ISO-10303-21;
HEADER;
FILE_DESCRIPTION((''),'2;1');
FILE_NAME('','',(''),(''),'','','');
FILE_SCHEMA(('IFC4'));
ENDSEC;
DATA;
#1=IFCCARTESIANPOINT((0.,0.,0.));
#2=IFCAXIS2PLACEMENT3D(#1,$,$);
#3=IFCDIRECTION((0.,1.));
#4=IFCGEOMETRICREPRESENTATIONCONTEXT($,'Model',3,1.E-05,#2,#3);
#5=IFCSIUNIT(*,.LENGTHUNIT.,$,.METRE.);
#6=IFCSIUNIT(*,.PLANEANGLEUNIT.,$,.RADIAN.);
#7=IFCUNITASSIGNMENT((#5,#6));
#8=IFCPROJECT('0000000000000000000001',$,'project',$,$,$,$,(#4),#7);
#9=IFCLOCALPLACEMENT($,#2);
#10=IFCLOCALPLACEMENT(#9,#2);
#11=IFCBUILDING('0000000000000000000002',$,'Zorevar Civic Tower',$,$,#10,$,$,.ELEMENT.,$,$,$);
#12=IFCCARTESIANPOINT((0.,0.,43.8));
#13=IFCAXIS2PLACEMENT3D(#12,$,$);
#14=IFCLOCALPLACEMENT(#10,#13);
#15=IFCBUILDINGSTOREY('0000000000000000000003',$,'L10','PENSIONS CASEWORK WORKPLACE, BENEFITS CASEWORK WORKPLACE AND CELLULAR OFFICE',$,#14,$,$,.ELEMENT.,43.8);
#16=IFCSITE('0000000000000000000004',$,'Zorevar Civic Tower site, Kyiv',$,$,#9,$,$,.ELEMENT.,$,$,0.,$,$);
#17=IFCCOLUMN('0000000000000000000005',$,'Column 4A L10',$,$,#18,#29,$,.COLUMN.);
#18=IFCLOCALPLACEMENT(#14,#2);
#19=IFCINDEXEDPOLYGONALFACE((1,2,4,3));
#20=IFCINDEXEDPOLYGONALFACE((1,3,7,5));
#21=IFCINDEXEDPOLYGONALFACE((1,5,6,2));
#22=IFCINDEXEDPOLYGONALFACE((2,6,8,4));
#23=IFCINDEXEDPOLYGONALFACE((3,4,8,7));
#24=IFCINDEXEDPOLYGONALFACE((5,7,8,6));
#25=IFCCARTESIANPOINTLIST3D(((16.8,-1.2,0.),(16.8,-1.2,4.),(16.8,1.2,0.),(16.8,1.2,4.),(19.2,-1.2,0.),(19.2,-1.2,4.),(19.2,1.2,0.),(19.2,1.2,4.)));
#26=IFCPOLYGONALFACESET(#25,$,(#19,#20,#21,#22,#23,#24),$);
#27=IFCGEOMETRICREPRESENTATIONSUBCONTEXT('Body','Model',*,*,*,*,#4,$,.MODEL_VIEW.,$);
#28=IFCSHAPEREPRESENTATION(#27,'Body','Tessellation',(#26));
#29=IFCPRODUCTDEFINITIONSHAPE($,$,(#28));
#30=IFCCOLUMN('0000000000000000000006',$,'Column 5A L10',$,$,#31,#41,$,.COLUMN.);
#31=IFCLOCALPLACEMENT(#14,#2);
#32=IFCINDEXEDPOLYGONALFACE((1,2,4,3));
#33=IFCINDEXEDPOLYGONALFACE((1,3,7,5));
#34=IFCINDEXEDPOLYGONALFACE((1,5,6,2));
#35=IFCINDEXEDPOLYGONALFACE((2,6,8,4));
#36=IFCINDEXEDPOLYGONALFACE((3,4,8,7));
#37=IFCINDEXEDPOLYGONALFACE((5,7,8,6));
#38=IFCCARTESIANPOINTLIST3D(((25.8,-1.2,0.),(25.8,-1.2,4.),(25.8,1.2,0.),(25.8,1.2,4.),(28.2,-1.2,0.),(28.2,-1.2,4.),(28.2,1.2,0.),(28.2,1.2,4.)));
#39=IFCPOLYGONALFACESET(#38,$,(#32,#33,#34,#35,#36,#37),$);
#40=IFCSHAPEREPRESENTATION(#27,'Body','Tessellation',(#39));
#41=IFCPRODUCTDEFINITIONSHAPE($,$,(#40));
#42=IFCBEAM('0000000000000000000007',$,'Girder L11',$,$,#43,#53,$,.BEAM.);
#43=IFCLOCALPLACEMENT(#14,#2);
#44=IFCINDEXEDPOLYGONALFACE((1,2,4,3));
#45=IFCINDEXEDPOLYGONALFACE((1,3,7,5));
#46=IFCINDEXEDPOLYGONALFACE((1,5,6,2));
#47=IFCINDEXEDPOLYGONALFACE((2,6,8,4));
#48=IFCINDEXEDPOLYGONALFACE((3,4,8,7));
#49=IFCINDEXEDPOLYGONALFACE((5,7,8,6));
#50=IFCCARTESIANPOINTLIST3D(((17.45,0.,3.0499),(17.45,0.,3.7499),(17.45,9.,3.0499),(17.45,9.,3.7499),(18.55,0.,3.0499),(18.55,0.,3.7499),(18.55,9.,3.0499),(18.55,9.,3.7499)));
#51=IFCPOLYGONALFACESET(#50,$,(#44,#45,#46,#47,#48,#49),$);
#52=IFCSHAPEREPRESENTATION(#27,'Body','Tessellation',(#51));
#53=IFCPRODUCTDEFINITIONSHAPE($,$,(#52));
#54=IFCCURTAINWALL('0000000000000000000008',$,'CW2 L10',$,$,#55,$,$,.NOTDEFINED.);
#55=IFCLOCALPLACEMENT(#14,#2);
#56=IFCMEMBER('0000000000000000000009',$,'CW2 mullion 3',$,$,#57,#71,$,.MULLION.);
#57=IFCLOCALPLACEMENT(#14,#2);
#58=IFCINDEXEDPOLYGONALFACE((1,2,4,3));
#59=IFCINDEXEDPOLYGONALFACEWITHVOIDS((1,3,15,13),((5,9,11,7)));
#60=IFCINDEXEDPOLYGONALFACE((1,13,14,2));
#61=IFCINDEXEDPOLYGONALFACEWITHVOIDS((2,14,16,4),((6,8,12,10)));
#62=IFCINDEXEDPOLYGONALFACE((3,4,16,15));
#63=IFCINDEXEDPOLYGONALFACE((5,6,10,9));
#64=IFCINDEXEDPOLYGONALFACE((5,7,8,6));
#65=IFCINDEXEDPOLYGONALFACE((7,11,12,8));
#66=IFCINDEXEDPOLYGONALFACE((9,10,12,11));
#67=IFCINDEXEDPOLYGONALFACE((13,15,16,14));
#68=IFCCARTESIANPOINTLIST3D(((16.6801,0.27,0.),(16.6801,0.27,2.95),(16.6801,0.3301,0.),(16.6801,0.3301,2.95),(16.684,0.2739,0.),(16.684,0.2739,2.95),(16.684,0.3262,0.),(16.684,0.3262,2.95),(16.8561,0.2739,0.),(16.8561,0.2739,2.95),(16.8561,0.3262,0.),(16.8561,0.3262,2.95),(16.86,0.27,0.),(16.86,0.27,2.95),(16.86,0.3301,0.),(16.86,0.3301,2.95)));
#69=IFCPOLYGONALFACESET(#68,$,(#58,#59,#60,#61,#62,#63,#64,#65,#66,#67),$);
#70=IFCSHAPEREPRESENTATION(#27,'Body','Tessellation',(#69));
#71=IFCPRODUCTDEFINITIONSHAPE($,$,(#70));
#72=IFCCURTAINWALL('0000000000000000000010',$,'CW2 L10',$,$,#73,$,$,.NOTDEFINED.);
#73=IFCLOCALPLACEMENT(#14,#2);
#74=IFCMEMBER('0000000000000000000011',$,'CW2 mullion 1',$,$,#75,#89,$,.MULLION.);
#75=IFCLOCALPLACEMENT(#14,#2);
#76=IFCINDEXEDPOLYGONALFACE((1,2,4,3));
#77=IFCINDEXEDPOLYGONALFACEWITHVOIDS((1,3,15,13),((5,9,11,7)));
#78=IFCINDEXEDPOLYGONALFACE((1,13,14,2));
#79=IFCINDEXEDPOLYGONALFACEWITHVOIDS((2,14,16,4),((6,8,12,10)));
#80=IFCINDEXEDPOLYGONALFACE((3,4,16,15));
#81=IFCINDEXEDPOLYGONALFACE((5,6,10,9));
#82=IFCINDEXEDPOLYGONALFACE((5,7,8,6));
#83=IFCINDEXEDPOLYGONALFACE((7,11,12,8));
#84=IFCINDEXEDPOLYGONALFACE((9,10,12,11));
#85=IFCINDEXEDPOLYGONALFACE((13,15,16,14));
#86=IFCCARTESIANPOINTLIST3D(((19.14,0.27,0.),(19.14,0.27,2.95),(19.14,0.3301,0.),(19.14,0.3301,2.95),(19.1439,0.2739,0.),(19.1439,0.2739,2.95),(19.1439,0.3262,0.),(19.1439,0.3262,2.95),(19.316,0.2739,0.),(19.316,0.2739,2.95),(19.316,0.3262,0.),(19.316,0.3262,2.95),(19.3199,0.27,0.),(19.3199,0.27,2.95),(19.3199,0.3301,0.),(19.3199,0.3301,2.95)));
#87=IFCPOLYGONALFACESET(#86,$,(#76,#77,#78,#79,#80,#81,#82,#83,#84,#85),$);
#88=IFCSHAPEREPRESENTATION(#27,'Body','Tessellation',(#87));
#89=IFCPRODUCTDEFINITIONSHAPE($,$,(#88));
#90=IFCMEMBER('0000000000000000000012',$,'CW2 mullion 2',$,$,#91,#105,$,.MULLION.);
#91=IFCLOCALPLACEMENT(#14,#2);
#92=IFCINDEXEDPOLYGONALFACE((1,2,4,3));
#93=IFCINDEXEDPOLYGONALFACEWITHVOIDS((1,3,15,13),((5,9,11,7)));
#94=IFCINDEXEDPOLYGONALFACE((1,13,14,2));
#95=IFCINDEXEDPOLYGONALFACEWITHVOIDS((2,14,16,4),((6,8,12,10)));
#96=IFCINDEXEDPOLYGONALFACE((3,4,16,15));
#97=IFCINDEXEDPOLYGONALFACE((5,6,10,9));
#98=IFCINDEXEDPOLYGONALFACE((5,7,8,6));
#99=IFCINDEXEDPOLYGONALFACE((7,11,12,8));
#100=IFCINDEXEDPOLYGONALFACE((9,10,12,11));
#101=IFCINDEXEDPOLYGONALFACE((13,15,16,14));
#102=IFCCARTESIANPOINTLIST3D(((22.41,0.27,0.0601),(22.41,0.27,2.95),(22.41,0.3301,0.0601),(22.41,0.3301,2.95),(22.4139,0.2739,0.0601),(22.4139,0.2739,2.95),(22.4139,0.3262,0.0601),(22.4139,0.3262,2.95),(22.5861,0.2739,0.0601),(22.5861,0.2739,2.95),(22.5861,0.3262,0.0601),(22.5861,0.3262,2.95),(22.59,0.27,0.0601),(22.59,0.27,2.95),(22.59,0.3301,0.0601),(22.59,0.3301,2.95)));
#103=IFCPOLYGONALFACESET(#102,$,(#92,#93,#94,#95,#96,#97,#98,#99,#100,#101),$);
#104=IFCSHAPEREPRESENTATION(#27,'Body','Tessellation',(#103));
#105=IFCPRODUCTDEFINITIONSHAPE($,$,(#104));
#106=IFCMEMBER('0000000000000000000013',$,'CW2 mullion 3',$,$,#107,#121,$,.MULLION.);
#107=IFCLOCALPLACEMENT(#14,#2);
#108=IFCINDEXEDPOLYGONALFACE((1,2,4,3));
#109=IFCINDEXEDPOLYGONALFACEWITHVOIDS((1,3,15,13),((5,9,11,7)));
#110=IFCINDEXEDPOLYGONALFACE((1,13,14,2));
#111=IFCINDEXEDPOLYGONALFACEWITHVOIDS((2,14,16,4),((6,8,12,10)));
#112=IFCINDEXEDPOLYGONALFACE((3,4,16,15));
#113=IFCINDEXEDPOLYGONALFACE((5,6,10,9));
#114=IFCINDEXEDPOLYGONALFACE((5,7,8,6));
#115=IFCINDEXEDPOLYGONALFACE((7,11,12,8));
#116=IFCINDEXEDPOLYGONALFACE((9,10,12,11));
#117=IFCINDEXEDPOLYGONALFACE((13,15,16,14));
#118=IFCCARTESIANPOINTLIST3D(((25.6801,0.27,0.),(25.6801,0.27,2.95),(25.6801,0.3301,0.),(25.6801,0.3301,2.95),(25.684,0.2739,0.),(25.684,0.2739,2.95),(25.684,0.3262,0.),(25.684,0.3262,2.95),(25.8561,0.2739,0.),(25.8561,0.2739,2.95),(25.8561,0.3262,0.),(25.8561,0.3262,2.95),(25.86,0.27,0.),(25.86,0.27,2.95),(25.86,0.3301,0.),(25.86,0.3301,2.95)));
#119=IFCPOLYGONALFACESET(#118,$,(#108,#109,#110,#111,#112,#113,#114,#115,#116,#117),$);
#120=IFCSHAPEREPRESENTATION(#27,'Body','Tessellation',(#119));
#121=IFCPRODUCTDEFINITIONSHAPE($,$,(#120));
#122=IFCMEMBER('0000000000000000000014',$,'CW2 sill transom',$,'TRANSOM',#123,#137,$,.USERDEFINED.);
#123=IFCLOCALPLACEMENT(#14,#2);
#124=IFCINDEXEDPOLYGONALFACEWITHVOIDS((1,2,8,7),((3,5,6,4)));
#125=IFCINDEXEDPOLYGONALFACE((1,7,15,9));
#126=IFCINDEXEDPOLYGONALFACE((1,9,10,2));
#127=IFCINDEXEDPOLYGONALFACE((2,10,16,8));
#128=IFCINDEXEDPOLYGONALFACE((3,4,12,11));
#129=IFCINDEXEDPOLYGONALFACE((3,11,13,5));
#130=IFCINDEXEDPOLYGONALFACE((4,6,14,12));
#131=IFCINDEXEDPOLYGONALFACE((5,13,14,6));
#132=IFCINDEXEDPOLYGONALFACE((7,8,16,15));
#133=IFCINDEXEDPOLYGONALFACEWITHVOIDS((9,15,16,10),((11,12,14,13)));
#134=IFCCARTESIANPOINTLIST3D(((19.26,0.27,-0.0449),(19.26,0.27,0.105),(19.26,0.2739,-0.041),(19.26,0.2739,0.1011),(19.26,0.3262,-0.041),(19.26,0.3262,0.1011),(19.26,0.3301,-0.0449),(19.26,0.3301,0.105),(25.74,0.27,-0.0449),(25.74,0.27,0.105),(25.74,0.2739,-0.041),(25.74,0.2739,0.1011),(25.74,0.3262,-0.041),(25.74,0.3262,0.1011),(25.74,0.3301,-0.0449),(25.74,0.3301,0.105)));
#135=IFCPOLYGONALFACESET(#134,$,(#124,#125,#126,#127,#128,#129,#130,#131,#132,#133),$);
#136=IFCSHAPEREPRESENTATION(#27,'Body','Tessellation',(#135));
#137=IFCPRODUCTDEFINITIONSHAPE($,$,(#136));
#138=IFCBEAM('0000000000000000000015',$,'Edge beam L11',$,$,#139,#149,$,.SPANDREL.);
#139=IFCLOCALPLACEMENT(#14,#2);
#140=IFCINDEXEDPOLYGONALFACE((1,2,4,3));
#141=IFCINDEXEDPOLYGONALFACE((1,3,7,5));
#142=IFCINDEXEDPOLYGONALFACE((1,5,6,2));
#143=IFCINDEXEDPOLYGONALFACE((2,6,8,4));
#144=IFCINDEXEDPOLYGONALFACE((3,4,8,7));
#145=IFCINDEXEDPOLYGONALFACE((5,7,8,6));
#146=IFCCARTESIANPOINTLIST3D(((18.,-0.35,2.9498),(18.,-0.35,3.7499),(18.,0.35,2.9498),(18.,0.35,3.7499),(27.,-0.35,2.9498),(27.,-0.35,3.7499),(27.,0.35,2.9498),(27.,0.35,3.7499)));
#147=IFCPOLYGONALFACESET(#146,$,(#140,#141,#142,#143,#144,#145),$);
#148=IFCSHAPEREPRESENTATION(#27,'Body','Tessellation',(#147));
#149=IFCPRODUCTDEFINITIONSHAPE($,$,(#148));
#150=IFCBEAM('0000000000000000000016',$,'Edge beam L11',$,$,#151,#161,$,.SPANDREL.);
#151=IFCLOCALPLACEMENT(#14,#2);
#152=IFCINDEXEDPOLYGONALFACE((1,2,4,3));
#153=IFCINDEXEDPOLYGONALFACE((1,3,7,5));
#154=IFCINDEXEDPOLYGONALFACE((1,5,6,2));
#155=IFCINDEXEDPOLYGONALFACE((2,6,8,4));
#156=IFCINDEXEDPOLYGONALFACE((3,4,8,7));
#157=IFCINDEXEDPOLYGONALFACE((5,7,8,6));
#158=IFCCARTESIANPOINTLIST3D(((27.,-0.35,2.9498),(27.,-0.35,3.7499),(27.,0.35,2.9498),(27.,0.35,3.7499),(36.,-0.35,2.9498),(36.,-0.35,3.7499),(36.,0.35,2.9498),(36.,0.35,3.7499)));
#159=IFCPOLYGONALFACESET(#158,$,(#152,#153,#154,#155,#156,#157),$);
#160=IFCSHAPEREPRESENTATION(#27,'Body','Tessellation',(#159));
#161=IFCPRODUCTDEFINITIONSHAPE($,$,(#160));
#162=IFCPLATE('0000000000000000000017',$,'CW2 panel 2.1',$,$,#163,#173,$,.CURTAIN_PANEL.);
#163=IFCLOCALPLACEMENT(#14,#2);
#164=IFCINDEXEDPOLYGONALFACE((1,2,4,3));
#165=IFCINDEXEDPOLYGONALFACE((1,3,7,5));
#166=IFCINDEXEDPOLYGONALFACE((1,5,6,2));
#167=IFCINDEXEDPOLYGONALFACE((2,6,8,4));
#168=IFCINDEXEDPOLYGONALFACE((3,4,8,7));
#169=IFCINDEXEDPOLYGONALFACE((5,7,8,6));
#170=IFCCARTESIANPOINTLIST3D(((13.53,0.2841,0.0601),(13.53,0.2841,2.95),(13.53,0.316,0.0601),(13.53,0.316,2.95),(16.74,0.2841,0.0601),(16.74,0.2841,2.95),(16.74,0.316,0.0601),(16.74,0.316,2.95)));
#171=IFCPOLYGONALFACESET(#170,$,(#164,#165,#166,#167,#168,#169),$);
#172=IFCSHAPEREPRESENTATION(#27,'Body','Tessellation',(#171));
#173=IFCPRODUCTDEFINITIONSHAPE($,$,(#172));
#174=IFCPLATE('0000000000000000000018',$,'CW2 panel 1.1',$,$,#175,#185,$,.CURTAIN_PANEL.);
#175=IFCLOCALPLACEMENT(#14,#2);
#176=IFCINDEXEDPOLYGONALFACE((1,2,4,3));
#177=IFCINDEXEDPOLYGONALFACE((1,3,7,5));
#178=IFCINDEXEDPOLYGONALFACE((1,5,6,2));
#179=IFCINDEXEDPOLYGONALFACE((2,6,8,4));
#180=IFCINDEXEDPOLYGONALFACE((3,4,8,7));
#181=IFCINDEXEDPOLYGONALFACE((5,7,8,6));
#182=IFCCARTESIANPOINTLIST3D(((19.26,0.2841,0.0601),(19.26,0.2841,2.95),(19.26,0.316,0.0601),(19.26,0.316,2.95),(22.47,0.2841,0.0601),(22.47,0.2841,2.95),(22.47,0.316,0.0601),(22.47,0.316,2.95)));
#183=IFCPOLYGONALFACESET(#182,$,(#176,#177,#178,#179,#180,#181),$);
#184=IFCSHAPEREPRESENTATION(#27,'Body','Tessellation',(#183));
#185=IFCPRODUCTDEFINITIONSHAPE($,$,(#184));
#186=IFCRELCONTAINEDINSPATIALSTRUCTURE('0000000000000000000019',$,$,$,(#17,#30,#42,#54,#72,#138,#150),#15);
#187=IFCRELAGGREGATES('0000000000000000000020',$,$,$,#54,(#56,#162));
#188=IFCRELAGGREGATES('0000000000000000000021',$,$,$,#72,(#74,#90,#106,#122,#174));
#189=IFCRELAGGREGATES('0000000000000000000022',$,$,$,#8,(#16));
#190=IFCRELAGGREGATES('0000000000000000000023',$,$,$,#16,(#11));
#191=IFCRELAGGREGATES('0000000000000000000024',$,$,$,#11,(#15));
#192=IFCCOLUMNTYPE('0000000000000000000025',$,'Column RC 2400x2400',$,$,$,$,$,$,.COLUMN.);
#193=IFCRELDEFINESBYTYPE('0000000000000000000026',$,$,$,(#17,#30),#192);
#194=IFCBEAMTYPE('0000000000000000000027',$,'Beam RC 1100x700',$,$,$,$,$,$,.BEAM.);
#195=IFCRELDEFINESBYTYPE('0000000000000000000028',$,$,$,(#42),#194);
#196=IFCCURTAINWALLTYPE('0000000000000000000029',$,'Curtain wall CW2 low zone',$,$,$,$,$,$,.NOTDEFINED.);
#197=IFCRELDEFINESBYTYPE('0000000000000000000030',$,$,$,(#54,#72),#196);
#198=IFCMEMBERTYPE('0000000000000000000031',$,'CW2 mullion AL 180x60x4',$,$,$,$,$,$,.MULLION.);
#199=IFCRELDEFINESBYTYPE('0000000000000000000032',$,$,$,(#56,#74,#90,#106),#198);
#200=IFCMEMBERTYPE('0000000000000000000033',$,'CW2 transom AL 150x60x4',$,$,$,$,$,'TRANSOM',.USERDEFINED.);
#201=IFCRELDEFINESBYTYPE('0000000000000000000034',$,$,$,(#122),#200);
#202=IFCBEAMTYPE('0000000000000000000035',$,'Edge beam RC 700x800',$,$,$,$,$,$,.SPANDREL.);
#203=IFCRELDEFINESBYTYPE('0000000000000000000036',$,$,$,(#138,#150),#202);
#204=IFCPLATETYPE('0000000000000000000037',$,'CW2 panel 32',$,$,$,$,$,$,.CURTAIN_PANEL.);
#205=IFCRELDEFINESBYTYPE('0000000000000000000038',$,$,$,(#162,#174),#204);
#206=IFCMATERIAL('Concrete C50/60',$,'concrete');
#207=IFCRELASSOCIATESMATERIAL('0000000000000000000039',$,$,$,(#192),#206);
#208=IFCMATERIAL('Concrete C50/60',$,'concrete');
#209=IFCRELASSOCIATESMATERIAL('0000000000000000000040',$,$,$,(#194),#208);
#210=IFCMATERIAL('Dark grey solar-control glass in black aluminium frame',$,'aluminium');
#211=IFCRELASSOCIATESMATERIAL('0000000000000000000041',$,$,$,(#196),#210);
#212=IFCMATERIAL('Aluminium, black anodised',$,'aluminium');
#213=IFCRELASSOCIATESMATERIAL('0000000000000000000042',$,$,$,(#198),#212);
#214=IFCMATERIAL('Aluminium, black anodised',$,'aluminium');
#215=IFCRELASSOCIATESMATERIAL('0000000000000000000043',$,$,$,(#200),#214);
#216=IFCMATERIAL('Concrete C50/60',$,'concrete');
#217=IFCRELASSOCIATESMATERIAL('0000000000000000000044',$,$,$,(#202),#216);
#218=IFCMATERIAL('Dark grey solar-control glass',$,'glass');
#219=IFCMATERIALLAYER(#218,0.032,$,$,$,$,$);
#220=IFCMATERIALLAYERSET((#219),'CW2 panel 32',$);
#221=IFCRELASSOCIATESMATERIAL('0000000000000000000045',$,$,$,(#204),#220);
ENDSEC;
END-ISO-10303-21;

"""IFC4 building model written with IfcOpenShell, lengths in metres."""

from ifc_helpers import new_model, si_unit, direction, frame, origin, origin_2d, place, context, subcontext, project, spatial, rectangle, hollow_rectangle, extrude, material, layer, layer_set, material_profile, profile_set, type_object, element, aggregate, save


model = new_model("IFC4")

# Units and contexts
model_context = context("Model", 3, precision=1e-05, world=origin(), true_north=direction((0.0, 1.0)))
body_context = subcontext(model_context, "Body", "Model", "MODEL_VIEW")
ifc_project = project(units=[si_unit("LENGTHUNIT", "METRE"), si_unit("PLANEANGLEUNIT", "RADIAN")], contexts=[model_context])

# Site, building, storey
site_placement = place(None, origin())
site = spatial("IfcSite", under=ifc_project, at=site_placement, Name="Zorevar Civic Tower site, Kyiv", CompositionType="ELEMENT", RefElevation=0.0)
building_placement = place(site_placement, origin())
building = spatial("IfcBuilding", under=site, at=building_placement, Name="Zorevar Civic Tower", CompositionType="ELEMENT")
storey_placement = place(building_placement, frame((0.0, 0.0, 43.8)))
storey = spatial("IfcBuildingStorey", under=building, at=storey_placement, Name="L10", Description="PENSIONS CASEWORK WORKPLACE, BENEFITS CASEWORK WORKPLACE AND CELLULAR OFFICE", CompositionType="ELEMENT", Elevation=43.8)

# Columns
ifc_material_1 = material(Name="Concrete C50/60", Category="concrete")
ifc_material_profile_1 = material_profile(ifc_material_1, rectangle(XDim=2.3999, YDim=2.3999, at=origin_2d()), Name="RC 2400x2400")
ifc_profile_set_1 = profile_set([ifc_material_profile_1], Name="Concrete C50/60")
column_type = type_object("IfcColumnType", Name="Column RC 2400x2400", PredefinedType="COLUMN", material=ifc_profile_set_1)
for number, where, z_axis, x_axis, name in (
    (1, (18.0, 0.0, 0.0), (0.0, 0.0, 1.0), (1.0, 0.0, 0.0), "Column 4A L10"),
    (2, (27.0, 0.0, 0.0), (0.0, 0.0, 1.0), (1.0, 0.0, 0.0), "Column 5A L10"),
):
    element("IfcColumn", number, at=place(storey_placement, frame(where, z_axis=z_axis, x_axis=x_axis)), inside=storey, type_object=column_type, Name=name, PredefinedType="COLUMN", context=body_context, shape_type="SweptSolid", body=[
        extrude(rectangle(XDim=2.3999, YDim=2.3999, at=origin_2d()), origin(), (0.0, 0.0, 1.0), 4.0),
    ])

# Beam
ifc_material_2 = material(Name="Concrete C50/60", Category="concrete")
ifc_material_profile_2 = material_profile(ifc_material_2, rectangle(XDim=1.1001, YDim=0.7, at=origin_2d()), Name="RC 1100x700")
ifc_profile_set_2 = profile_set([ifc_material_profile_2], Name="Concrete C50/60")
beam_type_1 = type_object("IfcBeamType", Name="Beam RC 1100x700", PredefinedType="BEAM", material=ifc_profile_set_2)
beam_placement = place(storey_placement, frame((18.0, 0.0, 3.3999), z_axis=(0.0, 1.0, 0.0), x_axis=(-1.0, 0.0, 0.0)))
element("IfcBeam", 3, at=beam_placement, inside=storey, type_object=beam_type_1, Name="Girder L11", PredefinedType="BEAM", context=body_context, shape_type="SweptSolid", body=[
    extrude(rectangle(XDim=1.1001, YDim=0.7, at=origin_2d()), origin(), (0.0, 0.0, 1.0), 9.0),
])

# Curtain wall, member
ifc_material_3 = material(Name="Dark grey solar-control glass in black aluminium frame", Category="aluminium")
curtain_wall_type = type_object("IfcCurtainWallType", Name="Curtain wall CW2 low zone", PredefinedType="NOTDEFINED", material=ifc_material_3)
curtain_wall_1_placement = place(storey_placement, origin())
curtain_wall_1 = element("IfcCurtainWall", 4, at=curtain_wall_1_placement, inside=storey, type_object=curtain_wall_type, Name="CW2 L10", PredefinedType="NOTDEFINED")
ifc_material_4 = material(Name="Aluminium, black anodised", Category="aluminium")
ifc_material_profile_3 = material_profile(ifc_material_4, hollow_rectangle(XDim=0.0601, YDim=0.1799, WallThickness=0.0039, at=origin_2d()), Name="AL 180x60x4")
ifc_profile_set_3 = profile_set([ifc_material_profile_3], Name="Aluminium, black anodised")
member_type_1 = type_object("IfcMemberType", Name="CW2 mullion AL 180x60x4", PredefinedType="MULLION", material=ifc_profile_set_3)
member_1_placement = place(storey_placement, frame((16.77, 0.3, 0.0), z_axis=(0.0, 0.0, 1.0), x_axis=(0.0, 1.0, 0.0)))
member_1 = element("IfcMember", 5, at=member_1_placement, type_object=member_type_1, Name="CW2 mullion 3", PredefinedType="MULLION", context=body_context, shape_type="SweptSolid", body=[
    extrude(hollow_rectangle(XDim=0.0601, YDim=0.1799, WallThickness=0.0039, at=origin_2d()), origin(), (0.0, 0.0, 1.0), 2.95),
])

# Curtain wall, members
curtain_wall_2_placement = place(storey_placement, origin())
curtain_wall_2 = element("IfcCurtainWall", 6, at=curtain_wall_2_placement, inside=storey, type_object=curtain_wall_type, Name="CW2 L10", PredefinedType="NOTDEFINED")
member_2_placement = place(storey_placement, frame((19.23, 0.3, 0.0), z_axis=(0.0, 0.0, 1.0), x_axis=(0.0, 1.0, 0.0)))
member_2 = element("IfcMember", 7, at=member_2_placement, type_object=member_type_1, Name="CW2 mullion 1", PredefinedType="MULLION", context=body_context, shape_type="SweptSolid", body=[
    extrude(hollow_rectangle(XDim=0.0601, YDim=0.1799, WallThickness=0.0039, at=origin_2d()), origin(), (0.0, 0.0, 1.0), 2.95),
])
member_3_placement = place(storey_placement, frame((22.5, 0.3, 0.0601), z_axis=(0.0, 0.0, 1.0), x_axis=(0.0, 1.0, 0.0)))
member_3 = element("IfcMember", 8, at=member_3_placement, type_object=member_type_1, Name="CW2 mullion 2", PredefinedType="MULLION", context=body_context, shape_type="SweptSolid", body=[
    extrude(hollow_rectangle(XDim=0.0601, YDim=0.1799, WallThickness=0.0039, at=origin_2d()), origin(), (0.0, 0.0, 1.0), 2.8899),
])
member_4_placement = place(storey_placement, frame((25.77, 0.3, 0.0), z_axis=(0.0, 0.0, 1.0), x_axis=(0.0, 1.0, 0.0)))
member_4 = element("IfcMember", 9, at=member_4_placement, type_object=member_type_1, Name="CW2 mullion 3", PredefinedType="MULLION", context=body_context, shape_type="SweptSolid", body=[
    extrude(hollow_rectangle(XDim=0.0601, YDim=0.1799, WallThickness=0.0039, at=origin_2d()), origin(), (0.0, 0.0, 1.0), 2.95),
])
ifc_material_5 = material(Name="Aluminium, black anodised", Category="aluminium")
ifc_material_profile_4 = material_profile(ifc_material_5, hollow_rectangle(XDim=0.0601, YDim=0.1499, WallThickness=0.0039, at=origin_2d()), Name="AL 150x60x4")
ifc_profile_set_4 = profile_set([ifc_material_profile_4], Name="Aluminium, black anodised")
member_type_2 = type_object("IfcMemberType", Name="CW2 transom AL 150x60x4", ElementType="TRANSOM", PredefinedType="USERDEFINED", material=ifc_profile_set_4)
member_5_placement = place(storey_placement, frame((19.26, 0.3, 0.03), z_axis=(1.0, 0.0, 0.0), x_axis=(0.0, 1.0, 0.0)))
member_5 = element("IfcMember", 10, at=member_5_placement, type_object=member_type_2, Name="CW2 sill transom", ObjectType="TRANSOM", PredefinedType="USERDEFINED", context=body_context, shape_type="SweptSolid", body=[
    extrude(hollow_rectangle(XDim=0.0601, YDim=0.1499, WallThickness=0.0039, at=origin_2d()), origin(), (0.0, 0.0, 1.0), 6.48),
])

# Beams
ifc_material_6 = material(Name="Concrete C50/60", Category="concrete")
ifc_material_profile_5 = material_profile(ifc_material_6, rectangle(XDim=0.7, YDim=0.8, at=origin_2d()), Name="RC 700x800")
ifc_profile_set_5 = profile_set([ifc_material_profile_5], Name="Concrete C50/60")
beam_type_2 = type_object("IfcBeamType", Name="Edge beam RC 700x800", PredefinedType="SPANDREL", material=ifc_profile_set_5)
for number, where, z_axis, x_axis, name in (
    (11, (18.0, 0.0, 3.3499), (1.0, 0.0, 0.0), (0.0, 1.0, 0.0), "Edge beam L11"),
    (12, (27.0, 0.0, 3.3499), (1.0, 0.0, 0.0), (0.0, 1.0, 0.0), "Edge beam L11"),
):
    element("IfcBeam", number, at=place(storey_placement, frame(where, z_axis=z_axis, x_axis=x_axis)), inside=storey, type_object=beam_type_2, Name=name, PredefinedType="SPANDREL", context=body_context, shape_type="SweptSolid", body=[
        extrude(rectangle(XDim=0.7, YDim=0.8, at=origin_2d()), origin(), (0.0, 0.0, 1.0), 9.0),
    ])

# Plates
ifc_material_7 = material(Name="Dark grey solar-control glass", Category="glass")
ifc_layer_1 = layer(ifc_material_7, 0.032)
ifc_layer_set_1 = layer_set([ifc_layer_1], Name="CW2 panel 32")
plate_type = type_object("IfcPlateType", Name="CW2 panel 32", PredefinedType="CURTAIN_PANEL", material=ifc_layer_set_1)
plate_1_placement = place(storey_placement, frame((15.135, 0.3, 0.0601), z_axis=(0.0, 0.0, 1.0), x_axis=(1.0, 0.0, 0.0)))
plate_1 = element("IfcPlate", 13, at=plate_1_placement, type_object=plate_type, Name="CW2 panel 2.1", PredefinedType="CURTAIN_PANEL", context=body_context, shape_type="SweptSolid", body=[
    extrude(rectangle(XDim=3.21, YDim=0.032, at=origin_2d()), origin(), (0.0, 0.0, 1.0), 2.8899),
])
aggregate(curtain_wall_1, [member_1, plate_1])
plate_2_placement = place(storey_placement, frame((20.865, 0.3, 0.0601), z_axis=(0.0, 0.0, 1.0), x_axis=(1.0, 0.0, 0.0)))
plate_2 = element("IfcPlate", 14, at=plate_2_placement, type_object=plate_type, Name="CW2 panel 1.1", PredefinedType="CURTAIN_PANEL", context=body_context, shape_type="SweptSolid", body=[
    extrude(rectangle(XDim=3.21, YDim=0.032, at=origin_2d()), origin(), (0.0, 0.0, 1.0), 2.8899),
])
aggregate(curtain_wall_2, [member_2, member_3, member_4, member_5, plate_2])

save(model, "model.ifc")
